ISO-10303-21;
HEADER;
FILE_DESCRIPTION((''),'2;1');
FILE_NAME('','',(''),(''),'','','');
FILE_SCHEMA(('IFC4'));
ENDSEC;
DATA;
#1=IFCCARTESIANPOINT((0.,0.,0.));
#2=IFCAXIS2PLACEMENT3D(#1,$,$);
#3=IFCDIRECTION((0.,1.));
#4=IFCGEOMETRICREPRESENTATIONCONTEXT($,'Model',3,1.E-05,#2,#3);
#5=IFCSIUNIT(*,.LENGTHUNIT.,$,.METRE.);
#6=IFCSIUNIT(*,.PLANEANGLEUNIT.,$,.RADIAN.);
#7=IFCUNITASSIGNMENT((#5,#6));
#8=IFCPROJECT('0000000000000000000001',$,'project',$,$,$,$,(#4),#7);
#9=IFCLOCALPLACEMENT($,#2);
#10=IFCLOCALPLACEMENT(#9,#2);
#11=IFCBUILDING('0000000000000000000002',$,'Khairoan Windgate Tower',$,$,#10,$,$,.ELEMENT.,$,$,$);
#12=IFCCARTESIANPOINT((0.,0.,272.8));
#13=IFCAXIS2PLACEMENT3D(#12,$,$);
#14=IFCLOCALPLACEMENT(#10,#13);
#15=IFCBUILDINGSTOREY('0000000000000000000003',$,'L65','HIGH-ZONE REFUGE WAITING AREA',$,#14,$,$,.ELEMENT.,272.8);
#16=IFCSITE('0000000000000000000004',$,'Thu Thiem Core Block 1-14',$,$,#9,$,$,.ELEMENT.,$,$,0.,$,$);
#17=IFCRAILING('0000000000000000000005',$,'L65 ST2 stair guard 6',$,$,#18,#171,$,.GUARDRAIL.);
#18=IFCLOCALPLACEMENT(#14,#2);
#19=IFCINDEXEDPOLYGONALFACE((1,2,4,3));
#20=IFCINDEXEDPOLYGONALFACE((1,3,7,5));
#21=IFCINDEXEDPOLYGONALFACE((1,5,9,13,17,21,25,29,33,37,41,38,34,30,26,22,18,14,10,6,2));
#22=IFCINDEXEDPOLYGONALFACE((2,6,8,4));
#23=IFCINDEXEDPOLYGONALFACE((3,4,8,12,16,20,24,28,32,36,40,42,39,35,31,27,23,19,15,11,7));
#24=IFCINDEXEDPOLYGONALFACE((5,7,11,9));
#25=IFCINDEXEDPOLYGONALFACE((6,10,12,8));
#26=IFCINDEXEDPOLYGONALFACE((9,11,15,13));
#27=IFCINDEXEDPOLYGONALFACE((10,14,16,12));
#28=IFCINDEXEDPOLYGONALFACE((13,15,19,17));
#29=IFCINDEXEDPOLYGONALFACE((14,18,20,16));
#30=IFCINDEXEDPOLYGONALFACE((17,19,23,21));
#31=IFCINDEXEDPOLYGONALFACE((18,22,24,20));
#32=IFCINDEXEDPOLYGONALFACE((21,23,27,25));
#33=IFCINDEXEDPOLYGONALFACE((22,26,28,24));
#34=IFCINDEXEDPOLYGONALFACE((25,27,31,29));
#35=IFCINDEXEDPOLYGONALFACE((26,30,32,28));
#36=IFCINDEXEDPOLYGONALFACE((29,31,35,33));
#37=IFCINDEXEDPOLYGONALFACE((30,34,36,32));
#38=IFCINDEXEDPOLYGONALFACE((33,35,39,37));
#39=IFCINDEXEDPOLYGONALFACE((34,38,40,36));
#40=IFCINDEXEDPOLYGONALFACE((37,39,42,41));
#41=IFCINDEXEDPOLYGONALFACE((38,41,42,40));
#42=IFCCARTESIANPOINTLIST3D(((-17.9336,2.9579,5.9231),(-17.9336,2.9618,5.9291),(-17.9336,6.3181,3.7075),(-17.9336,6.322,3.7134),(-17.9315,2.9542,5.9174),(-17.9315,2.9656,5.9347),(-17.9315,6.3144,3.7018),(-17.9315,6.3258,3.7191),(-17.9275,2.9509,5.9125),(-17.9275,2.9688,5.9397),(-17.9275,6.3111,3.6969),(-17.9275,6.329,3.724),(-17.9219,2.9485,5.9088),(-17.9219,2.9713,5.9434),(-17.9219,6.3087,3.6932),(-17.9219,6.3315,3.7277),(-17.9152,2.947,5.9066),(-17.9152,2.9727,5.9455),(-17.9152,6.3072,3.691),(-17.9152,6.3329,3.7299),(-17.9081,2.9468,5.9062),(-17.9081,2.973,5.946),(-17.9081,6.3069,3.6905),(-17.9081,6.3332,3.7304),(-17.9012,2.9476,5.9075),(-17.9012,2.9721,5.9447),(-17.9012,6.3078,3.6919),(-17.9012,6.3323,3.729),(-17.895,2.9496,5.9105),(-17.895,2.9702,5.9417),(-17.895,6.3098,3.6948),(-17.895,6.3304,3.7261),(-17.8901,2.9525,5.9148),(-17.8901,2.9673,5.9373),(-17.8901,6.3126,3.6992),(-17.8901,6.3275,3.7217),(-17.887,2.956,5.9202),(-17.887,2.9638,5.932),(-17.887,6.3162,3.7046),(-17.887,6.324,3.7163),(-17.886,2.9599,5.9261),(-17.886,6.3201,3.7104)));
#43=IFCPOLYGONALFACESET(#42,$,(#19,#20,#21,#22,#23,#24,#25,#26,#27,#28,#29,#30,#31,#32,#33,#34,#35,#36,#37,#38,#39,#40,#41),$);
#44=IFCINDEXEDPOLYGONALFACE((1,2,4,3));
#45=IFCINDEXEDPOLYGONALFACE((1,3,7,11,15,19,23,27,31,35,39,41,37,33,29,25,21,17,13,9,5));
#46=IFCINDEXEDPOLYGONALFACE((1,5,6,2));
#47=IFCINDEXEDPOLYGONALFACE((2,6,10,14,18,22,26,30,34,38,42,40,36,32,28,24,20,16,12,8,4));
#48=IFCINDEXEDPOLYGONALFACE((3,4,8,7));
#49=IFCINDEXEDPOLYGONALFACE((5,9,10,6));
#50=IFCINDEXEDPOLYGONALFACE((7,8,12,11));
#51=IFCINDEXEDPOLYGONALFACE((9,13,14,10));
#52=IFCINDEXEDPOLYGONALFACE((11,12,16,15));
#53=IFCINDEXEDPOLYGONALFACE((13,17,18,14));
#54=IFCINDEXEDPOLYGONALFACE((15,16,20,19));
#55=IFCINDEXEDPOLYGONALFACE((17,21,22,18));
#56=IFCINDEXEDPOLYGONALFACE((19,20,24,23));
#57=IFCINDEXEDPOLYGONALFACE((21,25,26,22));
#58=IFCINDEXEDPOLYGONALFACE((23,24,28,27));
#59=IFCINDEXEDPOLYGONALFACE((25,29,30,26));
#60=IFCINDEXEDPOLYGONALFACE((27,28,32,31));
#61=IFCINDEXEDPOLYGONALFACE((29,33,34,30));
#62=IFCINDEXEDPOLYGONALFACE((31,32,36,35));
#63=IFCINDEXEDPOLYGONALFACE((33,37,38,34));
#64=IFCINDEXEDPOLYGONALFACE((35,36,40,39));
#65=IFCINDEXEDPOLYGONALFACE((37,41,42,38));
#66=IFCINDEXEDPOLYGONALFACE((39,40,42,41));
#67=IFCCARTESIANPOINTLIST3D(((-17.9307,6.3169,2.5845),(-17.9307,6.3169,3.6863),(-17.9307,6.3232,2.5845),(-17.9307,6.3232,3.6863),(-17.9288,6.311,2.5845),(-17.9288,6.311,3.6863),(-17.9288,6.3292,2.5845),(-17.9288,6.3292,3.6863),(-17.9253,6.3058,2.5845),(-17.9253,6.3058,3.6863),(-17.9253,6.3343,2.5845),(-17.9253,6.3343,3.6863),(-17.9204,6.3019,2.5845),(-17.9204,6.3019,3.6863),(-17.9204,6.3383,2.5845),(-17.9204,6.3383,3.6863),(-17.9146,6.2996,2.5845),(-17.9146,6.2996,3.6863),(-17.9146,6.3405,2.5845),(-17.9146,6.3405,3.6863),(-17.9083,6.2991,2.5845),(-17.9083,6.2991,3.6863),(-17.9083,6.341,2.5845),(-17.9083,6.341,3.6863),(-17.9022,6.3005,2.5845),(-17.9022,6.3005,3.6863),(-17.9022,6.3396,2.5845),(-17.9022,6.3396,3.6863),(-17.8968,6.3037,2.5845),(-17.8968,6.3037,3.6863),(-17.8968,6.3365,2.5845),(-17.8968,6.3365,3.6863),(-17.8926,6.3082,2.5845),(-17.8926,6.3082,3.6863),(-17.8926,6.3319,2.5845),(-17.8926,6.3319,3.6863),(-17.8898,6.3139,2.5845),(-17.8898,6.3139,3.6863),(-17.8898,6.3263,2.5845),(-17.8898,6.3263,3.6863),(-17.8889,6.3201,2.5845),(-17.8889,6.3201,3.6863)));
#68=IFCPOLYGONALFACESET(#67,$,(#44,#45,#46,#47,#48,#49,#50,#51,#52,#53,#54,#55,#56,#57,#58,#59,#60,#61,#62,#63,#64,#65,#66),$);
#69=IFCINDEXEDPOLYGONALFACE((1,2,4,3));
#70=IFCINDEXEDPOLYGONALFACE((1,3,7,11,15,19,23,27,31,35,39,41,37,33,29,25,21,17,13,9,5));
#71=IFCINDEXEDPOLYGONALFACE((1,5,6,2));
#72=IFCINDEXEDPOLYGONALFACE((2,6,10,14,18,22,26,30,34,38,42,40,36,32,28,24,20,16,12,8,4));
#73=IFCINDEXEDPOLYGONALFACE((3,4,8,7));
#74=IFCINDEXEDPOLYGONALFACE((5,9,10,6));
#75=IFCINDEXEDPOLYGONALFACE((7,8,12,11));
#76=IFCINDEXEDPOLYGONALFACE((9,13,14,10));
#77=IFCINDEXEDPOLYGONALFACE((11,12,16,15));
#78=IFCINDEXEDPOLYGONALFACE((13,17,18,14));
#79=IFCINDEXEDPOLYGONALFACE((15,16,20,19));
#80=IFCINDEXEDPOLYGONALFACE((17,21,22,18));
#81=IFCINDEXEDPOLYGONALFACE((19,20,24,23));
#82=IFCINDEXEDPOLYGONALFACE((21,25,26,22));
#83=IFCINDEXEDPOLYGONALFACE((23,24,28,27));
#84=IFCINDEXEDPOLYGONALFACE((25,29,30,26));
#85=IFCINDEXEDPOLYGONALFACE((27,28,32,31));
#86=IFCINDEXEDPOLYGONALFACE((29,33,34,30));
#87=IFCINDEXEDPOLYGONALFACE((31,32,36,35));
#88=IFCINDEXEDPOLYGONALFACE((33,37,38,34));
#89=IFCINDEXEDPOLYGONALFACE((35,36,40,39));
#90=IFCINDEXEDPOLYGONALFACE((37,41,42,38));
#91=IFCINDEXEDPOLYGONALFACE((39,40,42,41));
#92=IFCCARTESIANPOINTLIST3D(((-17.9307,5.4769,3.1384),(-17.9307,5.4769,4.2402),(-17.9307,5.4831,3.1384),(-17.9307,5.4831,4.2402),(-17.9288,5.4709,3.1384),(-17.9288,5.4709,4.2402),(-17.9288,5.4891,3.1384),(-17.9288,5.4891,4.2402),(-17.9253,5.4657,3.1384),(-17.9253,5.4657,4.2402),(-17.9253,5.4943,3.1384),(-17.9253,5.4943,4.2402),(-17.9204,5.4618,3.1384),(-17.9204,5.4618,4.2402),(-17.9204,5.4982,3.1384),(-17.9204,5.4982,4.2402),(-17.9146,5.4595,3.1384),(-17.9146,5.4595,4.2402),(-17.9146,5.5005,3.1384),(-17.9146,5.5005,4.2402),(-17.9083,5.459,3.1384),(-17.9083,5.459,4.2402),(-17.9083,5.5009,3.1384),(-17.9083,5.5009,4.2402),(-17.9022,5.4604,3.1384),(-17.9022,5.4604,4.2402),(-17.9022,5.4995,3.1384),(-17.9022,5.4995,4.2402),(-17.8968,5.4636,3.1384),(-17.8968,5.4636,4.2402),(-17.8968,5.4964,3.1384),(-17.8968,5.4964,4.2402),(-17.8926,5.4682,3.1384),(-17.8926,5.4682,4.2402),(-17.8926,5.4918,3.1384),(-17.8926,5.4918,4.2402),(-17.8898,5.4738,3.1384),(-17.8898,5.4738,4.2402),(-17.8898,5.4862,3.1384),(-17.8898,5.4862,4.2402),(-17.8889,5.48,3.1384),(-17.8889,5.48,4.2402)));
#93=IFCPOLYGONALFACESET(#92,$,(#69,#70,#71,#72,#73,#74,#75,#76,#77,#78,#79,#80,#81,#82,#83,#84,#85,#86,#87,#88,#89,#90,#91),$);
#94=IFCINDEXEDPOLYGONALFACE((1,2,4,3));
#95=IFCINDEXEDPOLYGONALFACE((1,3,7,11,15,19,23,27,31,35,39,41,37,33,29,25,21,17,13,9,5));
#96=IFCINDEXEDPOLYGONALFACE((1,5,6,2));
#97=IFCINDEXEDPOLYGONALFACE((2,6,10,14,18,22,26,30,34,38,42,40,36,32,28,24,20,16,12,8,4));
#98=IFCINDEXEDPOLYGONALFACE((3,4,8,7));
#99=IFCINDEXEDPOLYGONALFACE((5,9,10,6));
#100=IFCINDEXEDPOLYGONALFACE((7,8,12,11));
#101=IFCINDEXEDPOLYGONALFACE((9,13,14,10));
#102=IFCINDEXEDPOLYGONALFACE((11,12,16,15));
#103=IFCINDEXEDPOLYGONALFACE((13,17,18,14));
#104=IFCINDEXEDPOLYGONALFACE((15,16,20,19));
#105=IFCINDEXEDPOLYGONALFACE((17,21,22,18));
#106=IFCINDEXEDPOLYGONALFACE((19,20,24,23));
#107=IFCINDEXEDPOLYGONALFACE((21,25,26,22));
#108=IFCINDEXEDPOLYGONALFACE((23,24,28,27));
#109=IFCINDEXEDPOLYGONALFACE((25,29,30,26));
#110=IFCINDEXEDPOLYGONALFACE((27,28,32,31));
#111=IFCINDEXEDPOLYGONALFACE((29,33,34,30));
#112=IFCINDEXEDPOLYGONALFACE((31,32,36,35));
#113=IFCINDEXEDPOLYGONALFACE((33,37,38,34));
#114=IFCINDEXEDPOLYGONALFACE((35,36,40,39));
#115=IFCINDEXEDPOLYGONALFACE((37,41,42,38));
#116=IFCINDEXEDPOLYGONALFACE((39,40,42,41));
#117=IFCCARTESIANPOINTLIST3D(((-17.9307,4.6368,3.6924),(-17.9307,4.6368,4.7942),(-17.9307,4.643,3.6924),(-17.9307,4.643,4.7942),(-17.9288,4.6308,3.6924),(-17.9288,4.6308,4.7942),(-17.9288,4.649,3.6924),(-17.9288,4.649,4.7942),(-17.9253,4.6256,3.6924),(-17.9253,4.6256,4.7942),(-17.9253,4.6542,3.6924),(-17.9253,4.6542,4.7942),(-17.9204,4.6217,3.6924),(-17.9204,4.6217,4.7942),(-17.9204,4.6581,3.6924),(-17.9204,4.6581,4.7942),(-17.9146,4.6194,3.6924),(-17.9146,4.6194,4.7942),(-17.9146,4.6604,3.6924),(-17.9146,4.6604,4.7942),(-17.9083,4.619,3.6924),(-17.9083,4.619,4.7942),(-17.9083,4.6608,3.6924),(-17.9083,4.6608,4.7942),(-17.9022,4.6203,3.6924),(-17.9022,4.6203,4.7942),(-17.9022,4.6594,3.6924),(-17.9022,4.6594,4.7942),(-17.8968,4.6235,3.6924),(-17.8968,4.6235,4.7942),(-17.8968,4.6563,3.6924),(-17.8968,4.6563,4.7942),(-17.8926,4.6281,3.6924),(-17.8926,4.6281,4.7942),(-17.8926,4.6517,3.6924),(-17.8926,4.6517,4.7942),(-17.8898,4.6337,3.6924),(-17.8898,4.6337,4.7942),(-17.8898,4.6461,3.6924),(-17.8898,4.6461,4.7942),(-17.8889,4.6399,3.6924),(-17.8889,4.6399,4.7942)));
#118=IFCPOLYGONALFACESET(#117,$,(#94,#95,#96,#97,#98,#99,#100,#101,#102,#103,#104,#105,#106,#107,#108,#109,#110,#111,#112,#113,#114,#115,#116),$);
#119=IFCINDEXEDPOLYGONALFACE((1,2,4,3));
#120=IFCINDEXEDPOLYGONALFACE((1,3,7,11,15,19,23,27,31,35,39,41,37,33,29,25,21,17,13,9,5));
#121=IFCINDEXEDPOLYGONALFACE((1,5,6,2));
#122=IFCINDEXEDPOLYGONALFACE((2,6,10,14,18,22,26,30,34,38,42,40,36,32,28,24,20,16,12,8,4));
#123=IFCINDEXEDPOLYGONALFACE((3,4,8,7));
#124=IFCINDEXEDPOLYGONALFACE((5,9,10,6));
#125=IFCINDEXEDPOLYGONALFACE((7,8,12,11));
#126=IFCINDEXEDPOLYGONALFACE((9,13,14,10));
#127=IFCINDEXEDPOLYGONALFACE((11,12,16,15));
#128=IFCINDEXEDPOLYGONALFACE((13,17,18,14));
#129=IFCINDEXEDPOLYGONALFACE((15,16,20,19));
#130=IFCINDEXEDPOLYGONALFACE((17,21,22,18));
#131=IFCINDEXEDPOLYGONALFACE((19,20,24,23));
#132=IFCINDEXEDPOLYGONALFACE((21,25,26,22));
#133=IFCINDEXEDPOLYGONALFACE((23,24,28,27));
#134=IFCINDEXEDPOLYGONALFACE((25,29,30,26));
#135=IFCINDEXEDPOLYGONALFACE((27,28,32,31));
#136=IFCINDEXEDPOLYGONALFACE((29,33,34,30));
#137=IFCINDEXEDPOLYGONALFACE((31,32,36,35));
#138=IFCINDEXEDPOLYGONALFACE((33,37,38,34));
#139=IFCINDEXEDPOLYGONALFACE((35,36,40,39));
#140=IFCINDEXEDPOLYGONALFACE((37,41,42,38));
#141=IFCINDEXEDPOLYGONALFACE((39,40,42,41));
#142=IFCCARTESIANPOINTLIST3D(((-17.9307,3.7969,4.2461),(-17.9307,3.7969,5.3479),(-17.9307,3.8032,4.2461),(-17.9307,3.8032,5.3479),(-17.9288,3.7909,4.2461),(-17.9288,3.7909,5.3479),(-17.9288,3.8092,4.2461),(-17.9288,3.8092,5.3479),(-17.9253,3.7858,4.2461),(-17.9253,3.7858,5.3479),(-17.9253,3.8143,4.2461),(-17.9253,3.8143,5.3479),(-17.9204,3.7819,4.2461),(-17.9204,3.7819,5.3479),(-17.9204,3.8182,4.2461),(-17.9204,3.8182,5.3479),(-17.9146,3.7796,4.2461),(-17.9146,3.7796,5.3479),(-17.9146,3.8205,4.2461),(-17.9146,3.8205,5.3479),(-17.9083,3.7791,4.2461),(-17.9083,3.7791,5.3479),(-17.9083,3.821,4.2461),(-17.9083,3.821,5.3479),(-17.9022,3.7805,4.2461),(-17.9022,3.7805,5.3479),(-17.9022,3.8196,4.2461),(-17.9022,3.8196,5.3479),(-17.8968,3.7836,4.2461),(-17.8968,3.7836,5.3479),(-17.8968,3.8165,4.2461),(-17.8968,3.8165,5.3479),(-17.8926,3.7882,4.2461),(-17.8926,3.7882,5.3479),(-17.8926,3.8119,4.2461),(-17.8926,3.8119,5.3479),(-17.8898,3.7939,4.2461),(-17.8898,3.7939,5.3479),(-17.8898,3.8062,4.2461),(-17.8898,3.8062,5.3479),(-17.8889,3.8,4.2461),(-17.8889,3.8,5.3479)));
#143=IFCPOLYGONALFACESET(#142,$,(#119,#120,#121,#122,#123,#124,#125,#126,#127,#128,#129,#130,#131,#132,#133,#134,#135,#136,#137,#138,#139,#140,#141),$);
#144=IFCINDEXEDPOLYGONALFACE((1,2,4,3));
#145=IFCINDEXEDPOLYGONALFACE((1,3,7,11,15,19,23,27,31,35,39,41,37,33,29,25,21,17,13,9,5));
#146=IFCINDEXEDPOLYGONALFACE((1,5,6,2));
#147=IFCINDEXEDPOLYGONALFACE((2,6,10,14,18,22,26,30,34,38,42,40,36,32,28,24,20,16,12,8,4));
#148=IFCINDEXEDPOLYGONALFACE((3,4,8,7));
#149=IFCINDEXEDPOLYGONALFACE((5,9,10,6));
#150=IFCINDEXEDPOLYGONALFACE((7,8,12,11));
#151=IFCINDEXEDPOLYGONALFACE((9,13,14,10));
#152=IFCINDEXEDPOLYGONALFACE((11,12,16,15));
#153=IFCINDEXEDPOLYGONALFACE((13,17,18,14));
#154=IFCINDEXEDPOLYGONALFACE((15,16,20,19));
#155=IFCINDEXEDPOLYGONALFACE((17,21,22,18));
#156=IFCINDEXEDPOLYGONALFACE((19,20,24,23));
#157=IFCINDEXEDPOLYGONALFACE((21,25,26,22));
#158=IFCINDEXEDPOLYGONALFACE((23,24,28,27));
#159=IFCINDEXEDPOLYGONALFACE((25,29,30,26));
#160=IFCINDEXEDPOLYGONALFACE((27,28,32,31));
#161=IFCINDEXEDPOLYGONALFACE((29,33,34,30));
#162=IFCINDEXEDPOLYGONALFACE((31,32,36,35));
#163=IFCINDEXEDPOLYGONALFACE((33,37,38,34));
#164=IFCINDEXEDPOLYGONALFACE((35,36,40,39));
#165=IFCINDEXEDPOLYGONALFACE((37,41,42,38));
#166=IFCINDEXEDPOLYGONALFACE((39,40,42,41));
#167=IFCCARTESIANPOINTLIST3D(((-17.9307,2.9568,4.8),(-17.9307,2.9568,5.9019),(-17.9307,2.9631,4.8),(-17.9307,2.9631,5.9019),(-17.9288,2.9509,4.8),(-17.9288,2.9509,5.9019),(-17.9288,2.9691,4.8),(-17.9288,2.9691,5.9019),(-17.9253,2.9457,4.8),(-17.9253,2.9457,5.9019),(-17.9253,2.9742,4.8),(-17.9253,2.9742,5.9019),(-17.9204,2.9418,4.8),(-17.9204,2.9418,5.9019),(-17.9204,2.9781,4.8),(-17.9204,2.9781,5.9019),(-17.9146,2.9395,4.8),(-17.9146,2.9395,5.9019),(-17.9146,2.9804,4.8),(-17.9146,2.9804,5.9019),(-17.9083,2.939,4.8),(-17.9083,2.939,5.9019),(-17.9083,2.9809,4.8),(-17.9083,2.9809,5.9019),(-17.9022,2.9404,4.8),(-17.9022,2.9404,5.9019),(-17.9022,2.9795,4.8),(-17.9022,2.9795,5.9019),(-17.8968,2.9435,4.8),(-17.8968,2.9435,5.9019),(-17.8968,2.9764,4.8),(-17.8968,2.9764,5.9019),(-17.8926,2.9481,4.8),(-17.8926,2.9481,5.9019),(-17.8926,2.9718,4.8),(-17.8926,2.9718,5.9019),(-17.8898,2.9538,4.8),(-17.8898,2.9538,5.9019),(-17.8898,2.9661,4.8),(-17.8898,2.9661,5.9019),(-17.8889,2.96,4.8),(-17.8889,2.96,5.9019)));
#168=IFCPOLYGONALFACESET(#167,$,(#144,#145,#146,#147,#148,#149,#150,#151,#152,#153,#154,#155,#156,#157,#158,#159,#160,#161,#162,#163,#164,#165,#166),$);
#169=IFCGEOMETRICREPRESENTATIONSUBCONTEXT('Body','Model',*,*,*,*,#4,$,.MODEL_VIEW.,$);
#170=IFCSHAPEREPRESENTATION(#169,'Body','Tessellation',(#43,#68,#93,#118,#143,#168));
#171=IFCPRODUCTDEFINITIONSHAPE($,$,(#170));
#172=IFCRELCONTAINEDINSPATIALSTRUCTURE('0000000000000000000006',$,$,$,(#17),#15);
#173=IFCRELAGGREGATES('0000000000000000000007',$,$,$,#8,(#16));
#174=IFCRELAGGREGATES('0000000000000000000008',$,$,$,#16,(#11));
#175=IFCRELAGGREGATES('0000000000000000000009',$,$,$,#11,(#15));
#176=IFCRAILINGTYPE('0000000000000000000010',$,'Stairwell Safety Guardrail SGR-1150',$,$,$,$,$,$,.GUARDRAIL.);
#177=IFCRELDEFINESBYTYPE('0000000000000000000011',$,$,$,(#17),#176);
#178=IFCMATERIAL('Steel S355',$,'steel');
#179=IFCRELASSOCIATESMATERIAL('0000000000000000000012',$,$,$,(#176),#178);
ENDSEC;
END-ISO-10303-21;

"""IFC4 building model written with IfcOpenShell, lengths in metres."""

from ifc_helpers import new_model, si_unit, direction, frame, origin, origin_2d, place, context, subcontext, project, spatial, circle, extrude, material, type_object, element, save


model = new_model("IFC4")

# Units and contexts
model_context = context("Model", 3, precision=1e-05, world=origin(), true_north=direction((0.0, 1.0)))
body_context = subcontext(model_context, "Body", "Model", "MODEL_VIEW")
ifc_project = project(units=[si_unit("LENGTHUNIT", "METRE"), si_unit("PLANEANGLEUNIT", "RADIAN")], contexts=[model_context])

# Site, building, storey
site_placement = place(None, origin())
site = spatial("IfcSite", under=ifc_project, at=site_placement, Name="Thu Thiem Core Block 1-14", CompositionType="ELEMENT", RefElevation=0.0)
building_placement = place(site_placement, origin())
building = spatial("IfcBuilding", under=site, at=building_placement, Name="Khairoan Windgate Tower", CompositionType="ELEMENT")
storey_placement = place(building_placement, frame((0.0, 0.0, 272.8)))
storey = spatial("IfcBuildingStorey", under=building, at=storey_placement, Name="L65", Description="HIGH-ZONE REFUGE WAITING AREA", CompositionType="ELEMENT", Elevation=272.8)

# Railing
ifc_material_1 = material(Name="Steel S355", Category="steel")
railing_type_1 = type_object("IfcRailingType", Name="Stairwell Safety Guardrail SGR-1150", PredefinedType="GUARDRAIL", material=ifc_material_1)
railing_1_placement = place(storey_placement, frame((-17.9099, 6.3201, 2.5845)))
element("IfcRailing", 1, at=railing_1_placement, inside=storey, type_object=railing_type_1, Name="L65 ST2 stair guard 6", PredefinedType="GUARDRAIL", context=body_context, shape_type="SweptSolid", body=[
    extrude(circle(Radius=0.0239, at=origin_2d()), frame((0.0, 0.0, 1.126), z_axis=(0.0, -0.834849, 0.55048), x_axis=(1.0, 0.0, 0.0)), (0.0, 0.0, 1.0), 4.0249),
    extrude(circle(Radius=0.021, at=origin_2d()), origin(), (0.0, 0.0, 1.0), 1.1018),
    extrude(circle(Radius=0.021, at=origin_2d()), frame((0.0, -0.8401, 0.554)), (0.0, 0.0, 1.0), 1.1018),
    extrude(circle(Radius=0.021, at=origin_2d()), frame((0.0, -1.6802, 1.1079)), (0.0, 0.0, 1.0), 1.1018),
    extrude(circle(Radius=0.021, at=origin_2d()), frame((0.0, -2.52, 1.6616)), (0.0, 0.0, 1.0), 1.1018),
    extrude(circle(Radius=0.021, at=origin_2d()), frame((0.0, -3.3601, 2.2156)), (0.0, 0.0, 1.0), 1.1018),
])

save(model, "model.ifc")
